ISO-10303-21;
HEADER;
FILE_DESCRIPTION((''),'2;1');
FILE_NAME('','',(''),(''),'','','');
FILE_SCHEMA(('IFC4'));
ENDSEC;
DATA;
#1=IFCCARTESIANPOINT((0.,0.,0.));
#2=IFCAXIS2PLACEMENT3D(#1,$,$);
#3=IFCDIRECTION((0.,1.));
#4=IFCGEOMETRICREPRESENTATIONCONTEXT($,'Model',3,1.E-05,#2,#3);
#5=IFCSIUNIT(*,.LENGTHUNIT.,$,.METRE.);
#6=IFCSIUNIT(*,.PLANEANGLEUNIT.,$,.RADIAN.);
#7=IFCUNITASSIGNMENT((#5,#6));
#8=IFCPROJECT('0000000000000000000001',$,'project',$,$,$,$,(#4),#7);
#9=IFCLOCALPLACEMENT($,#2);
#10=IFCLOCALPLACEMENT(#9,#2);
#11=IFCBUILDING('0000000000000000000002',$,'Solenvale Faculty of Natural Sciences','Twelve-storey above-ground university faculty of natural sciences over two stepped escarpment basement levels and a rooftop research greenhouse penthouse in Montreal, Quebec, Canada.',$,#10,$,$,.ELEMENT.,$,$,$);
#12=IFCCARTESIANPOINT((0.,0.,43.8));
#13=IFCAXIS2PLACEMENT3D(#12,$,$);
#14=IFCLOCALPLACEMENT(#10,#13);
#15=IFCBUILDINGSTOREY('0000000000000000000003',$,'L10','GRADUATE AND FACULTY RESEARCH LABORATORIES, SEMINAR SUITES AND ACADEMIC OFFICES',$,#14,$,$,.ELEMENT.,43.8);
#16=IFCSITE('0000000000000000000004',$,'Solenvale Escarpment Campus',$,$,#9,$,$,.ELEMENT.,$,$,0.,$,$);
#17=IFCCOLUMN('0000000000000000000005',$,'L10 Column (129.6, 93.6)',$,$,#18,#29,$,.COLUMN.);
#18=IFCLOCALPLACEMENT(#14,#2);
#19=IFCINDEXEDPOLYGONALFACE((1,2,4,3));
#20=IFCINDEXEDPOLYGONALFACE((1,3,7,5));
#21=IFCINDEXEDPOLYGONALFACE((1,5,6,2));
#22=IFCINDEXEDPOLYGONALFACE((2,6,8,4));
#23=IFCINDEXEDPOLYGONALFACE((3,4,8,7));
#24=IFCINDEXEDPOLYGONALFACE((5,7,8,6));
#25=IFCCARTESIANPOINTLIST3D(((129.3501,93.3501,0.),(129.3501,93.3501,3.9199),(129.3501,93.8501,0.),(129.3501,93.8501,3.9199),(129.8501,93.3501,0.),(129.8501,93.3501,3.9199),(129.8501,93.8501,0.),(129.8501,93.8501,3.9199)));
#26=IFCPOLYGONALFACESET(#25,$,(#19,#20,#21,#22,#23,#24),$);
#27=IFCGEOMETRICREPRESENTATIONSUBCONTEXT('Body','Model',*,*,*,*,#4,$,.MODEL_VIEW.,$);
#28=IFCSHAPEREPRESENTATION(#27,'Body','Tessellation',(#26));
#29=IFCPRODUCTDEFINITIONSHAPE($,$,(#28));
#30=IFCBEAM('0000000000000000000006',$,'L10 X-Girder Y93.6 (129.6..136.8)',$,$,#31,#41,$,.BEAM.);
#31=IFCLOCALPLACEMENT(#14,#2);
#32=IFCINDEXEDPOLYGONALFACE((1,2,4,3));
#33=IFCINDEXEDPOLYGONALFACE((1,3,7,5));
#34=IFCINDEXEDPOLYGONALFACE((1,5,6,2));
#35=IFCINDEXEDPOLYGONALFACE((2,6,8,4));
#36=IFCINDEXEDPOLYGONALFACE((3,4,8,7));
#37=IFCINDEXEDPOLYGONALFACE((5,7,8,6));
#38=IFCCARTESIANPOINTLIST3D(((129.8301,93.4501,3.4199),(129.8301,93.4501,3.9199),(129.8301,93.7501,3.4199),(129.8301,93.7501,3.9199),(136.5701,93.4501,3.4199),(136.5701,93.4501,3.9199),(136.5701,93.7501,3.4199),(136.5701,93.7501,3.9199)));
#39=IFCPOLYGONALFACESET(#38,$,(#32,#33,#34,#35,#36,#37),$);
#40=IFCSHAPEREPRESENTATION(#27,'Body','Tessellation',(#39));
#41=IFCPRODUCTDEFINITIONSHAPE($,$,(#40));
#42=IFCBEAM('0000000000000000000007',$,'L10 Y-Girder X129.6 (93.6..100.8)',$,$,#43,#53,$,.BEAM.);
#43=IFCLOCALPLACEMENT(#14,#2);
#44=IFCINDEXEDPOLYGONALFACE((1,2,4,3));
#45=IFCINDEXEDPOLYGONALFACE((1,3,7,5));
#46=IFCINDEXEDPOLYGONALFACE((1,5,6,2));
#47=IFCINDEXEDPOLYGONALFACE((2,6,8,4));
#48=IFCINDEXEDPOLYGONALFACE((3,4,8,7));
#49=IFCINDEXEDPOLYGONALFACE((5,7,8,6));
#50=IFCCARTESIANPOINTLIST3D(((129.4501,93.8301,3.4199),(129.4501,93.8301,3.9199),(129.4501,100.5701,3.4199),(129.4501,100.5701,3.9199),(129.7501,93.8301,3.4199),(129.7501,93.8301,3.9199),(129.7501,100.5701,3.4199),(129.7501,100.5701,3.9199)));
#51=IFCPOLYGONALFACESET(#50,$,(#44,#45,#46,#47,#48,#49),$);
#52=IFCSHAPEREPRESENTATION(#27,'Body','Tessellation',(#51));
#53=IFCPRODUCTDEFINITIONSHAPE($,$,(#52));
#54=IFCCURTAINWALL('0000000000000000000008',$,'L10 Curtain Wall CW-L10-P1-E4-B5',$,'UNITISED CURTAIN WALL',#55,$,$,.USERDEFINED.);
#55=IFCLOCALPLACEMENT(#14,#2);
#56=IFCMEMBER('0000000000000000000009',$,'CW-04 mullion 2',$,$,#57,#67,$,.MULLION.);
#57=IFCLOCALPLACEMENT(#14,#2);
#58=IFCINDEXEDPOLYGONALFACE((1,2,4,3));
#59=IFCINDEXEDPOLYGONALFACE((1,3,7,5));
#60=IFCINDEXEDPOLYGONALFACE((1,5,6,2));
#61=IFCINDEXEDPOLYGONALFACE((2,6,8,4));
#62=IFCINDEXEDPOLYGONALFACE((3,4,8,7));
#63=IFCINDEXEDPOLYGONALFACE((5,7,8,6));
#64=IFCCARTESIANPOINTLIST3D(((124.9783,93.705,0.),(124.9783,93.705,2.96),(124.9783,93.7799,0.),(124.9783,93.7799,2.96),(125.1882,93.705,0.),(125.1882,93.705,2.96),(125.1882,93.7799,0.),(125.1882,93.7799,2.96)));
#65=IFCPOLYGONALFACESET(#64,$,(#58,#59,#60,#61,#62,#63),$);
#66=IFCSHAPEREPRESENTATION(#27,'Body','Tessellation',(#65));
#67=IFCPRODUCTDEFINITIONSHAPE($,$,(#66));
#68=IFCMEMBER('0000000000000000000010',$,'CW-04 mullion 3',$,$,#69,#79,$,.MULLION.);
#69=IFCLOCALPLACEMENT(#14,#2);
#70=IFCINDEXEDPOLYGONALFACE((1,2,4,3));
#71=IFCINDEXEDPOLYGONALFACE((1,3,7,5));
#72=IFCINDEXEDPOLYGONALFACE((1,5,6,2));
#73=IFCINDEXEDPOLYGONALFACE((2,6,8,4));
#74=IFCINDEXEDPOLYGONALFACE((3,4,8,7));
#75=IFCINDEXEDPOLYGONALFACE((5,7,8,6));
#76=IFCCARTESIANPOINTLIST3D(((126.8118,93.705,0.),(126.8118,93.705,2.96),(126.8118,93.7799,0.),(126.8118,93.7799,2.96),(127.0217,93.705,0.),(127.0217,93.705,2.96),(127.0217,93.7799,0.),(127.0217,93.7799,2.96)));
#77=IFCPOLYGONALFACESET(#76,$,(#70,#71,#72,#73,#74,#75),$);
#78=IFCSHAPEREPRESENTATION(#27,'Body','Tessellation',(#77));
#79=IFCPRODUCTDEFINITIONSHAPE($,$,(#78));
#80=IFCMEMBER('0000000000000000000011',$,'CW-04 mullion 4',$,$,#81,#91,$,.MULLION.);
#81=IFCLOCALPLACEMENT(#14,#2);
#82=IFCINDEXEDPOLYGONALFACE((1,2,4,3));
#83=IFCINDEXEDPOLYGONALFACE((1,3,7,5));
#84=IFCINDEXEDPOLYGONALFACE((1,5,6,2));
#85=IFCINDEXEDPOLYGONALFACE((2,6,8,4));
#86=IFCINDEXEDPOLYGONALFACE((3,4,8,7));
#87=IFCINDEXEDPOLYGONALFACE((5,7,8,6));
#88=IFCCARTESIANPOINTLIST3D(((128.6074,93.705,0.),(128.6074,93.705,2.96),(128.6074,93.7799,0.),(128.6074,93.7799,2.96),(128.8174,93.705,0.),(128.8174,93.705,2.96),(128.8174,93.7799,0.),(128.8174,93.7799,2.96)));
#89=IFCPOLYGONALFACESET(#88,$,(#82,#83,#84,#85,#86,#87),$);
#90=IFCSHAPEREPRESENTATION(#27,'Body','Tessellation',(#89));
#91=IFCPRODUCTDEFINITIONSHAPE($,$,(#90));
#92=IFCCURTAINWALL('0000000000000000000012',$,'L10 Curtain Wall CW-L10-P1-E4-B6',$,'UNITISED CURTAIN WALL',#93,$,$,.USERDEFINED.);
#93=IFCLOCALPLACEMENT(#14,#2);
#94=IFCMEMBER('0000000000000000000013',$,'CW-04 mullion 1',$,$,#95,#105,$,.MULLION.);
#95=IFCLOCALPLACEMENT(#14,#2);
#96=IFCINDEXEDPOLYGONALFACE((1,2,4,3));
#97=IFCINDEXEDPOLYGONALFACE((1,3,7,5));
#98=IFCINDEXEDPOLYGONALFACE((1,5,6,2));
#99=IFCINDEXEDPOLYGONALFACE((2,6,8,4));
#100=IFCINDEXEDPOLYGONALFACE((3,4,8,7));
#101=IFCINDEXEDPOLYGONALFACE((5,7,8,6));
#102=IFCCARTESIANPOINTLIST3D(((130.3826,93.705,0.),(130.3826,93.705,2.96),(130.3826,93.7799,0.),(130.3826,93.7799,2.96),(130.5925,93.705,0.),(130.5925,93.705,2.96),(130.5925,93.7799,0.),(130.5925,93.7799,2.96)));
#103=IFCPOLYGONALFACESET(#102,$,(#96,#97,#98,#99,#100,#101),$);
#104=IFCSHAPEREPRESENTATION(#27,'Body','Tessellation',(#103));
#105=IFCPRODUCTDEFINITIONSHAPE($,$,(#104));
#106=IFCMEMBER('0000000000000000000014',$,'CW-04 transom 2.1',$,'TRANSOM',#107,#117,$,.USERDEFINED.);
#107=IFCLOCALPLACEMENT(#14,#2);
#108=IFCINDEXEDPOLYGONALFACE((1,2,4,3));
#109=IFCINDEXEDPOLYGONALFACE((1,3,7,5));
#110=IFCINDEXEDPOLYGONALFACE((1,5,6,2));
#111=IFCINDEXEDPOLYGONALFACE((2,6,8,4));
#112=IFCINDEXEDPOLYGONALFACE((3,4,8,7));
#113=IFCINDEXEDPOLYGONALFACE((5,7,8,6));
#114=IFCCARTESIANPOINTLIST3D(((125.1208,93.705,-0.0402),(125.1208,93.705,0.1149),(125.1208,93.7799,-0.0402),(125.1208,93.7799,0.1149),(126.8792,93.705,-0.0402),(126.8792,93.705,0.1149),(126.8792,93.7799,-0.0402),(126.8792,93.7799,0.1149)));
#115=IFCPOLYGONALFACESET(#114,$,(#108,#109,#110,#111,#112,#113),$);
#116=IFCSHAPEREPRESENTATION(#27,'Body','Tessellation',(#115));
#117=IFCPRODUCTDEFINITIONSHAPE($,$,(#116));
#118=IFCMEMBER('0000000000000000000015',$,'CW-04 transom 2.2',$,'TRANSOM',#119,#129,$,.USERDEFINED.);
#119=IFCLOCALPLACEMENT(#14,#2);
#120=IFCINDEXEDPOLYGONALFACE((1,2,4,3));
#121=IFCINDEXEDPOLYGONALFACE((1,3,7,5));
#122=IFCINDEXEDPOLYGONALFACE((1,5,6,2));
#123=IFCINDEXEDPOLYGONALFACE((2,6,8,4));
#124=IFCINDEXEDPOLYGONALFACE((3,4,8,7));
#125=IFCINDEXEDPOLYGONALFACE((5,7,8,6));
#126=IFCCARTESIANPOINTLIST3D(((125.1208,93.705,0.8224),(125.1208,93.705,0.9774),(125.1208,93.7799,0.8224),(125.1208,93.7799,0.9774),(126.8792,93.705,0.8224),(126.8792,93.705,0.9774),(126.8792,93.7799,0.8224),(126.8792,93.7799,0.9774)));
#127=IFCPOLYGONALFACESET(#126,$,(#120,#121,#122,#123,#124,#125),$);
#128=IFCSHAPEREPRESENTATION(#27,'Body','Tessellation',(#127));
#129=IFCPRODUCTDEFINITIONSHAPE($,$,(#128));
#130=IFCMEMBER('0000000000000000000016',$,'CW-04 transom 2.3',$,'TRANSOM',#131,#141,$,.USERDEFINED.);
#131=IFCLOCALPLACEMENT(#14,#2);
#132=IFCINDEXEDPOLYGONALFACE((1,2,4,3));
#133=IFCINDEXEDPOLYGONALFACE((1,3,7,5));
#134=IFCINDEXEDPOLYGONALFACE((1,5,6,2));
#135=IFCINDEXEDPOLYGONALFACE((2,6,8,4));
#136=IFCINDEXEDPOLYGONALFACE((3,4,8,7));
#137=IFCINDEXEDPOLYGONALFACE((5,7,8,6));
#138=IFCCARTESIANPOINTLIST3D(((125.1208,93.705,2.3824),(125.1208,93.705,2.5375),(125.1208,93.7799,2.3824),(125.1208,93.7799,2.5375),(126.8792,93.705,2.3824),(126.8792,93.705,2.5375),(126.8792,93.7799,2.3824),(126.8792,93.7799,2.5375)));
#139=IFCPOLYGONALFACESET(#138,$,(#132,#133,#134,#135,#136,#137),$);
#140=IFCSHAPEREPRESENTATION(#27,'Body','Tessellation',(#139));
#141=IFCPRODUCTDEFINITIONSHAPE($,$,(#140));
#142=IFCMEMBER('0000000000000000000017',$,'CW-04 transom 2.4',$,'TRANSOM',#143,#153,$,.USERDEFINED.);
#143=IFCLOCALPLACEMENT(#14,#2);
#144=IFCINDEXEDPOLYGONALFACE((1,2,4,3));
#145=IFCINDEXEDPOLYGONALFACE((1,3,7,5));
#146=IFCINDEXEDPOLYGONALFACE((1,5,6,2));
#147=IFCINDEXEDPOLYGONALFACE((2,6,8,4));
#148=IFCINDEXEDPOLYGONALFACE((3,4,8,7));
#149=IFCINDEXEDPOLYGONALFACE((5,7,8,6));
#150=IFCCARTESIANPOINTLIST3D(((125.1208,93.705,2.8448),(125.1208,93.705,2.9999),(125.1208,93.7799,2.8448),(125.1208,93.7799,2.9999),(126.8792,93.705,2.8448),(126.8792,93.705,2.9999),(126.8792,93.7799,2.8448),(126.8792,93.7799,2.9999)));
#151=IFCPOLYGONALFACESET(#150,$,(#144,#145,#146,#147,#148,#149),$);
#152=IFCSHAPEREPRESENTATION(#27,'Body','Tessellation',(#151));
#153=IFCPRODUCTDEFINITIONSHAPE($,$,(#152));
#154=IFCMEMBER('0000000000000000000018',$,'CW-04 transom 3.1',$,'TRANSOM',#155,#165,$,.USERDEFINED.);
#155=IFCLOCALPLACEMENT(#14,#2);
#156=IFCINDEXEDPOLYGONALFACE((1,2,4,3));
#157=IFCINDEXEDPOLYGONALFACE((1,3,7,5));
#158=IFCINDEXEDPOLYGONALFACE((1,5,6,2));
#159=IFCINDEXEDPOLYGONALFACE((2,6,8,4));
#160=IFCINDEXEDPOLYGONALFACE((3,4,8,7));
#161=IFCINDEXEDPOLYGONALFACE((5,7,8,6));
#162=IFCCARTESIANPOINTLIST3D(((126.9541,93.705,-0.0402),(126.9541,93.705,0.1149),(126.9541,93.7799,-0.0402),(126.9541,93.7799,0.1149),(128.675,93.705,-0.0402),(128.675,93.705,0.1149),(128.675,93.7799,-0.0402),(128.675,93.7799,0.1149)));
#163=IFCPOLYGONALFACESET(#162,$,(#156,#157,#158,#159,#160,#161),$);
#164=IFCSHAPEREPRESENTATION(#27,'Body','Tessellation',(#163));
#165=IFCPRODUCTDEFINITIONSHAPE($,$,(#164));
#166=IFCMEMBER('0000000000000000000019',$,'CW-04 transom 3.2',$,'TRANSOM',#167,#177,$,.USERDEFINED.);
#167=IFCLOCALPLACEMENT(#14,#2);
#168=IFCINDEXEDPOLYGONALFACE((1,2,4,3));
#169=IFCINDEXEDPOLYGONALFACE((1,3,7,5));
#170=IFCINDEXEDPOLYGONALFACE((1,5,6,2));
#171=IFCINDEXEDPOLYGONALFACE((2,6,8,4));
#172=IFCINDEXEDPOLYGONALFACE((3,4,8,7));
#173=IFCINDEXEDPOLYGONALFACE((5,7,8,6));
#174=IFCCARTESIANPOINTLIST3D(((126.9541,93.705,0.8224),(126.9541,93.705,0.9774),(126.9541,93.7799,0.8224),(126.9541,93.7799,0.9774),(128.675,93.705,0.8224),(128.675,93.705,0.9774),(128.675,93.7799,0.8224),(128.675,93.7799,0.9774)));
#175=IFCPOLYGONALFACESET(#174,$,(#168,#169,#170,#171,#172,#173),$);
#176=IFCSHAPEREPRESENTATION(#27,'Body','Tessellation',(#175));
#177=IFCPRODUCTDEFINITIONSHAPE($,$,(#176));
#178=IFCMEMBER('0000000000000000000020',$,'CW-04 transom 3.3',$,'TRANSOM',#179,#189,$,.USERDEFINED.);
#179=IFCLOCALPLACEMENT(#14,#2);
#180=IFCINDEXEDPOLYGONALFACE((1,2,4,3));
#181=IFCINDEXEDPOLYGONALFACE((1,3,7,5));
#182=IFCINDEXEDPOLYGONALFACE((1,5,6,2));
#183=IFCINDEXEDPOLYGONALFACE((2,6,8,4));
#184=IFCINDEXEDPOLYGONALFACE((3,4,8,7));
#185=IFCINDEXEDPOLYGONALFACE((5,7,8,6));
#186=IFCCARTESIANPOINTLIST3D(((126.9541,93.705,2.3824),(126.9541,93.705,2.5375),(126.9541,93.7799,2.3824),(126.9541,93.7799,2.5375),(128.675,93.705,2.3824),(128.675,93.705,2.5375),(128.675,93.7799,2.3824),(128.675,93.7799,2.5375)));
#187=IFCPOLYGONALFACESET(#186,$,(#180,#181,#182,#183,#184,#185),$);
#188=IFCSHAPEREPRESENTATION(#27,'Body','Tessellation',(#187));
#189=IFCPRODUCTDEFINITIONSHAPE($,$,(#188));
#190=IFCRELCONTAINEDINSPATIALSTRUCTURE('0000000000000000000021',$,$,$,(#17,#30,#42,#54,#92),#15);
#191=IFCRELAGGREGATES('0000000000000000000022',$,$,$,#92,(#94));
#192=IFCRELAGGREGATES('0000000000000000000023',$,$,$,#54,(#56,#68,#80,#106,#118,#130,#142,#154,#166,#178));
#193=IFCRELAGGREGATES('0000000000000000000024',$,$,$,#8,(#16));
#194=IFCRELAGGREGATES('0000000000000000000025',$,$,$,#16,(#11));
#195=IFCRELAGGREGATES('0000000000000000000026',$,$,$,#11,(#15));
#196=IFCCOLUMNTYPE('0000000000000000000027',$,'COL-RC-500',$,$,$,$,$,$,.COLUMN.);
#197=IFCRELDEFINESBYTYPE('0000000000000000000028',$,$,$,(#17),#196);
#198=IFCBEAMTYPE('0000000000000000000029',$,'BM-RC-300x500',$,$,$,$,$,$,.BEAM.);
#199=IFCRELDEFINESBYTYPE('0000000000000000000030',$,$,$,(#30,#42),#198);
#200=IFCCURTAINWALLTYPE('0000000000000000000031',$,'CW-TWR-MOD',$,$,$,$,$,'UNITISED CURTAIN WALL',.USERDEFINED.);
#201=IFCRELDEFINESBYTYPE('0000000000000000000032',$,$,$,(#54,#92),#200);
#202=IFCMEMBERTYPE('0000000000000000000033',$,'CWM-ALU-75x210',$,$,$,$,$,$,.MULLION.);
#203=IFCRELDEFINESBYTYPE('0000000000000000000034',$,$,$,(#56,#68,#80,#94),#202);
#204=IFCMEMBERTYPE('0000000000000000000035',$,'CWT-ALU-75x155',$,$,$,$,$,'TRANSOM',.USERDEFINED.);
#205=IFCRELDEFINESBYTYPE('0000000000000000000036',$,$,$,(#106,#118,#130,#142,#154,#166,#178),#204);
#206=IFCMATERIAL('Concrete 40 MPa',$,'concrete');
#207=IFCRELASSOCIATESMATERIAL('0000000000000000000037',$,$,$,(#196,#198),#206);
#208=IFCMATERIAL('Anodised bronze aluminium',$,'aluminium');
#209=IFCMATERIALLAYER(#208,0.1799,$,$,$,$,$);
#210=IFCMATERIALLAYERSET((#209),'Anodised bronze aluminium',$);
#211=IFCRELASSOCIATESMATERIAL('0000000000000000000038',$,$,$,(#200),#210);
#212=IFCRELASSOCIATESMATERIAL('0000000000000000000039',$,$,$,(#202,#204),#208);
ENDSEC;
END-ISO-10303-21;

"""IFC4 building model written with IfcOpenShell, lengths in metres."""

from ifc_helpers import new_model, si_unit, direction, frame, origin, origin_2d, place, context, subcontext, project, spatial, rectangle, extrude, material, layer, layer_set, material_profile, profile_set, type_object, element, aggregate, save


model = new_model("IFC4")

# Units and contexts
model_context = context("Model", 3, precision=1e-05, world=origin(), true_north=direction((0.0, 1.0)))
body_context = subcontext(model_context, "Body", "Model", "MODEL_VIEW")
ifc_project = project(units=[si_unit("LENGTHUNIT", "METRE"), si_unit("PLANEANGLEUNIT", "RADIAN")], contexts=[model_context])

# Site, building, storey
site_placement = place(None, origin())
site = spatial("IfcSite", under=ifc_project, at=site_placement, Name="Solenvale Escarpment Campus", CompositionType="ELEMENT", RefElevation=0.0)
building_placement = place(site_placement, origin())
building = spatial("IfcBuilding", under=site, at=building_placement, Name="Solenvale Faculty of Natural Sciences", Description="Twelve-storey above-ground university faculty of natural sciences over two stepped escarpment basement levels and a rooftop research greenhouse penthouse in Montreal, Quebec, Canada.", CompositionType="ELEMENT")
storey_placement = place(building_placement, frame((0.0, 0.0, 43.8)))
storey = spatial("IfcBuildingStorey", under=building, at=storey_placement, Name="L10", Description="GRADUATE AND FACULTY RESEARCH LABORATORIES, SEMINAR SUITES AND ACADEMIC OFFICES", CompositionType="ELEMENT", Elevation=43.8)

# Column
ifc_material_1 = material(Name="Concrete 40 MPa", Category="concrete")
ifc_material_profile_1 = material_profile(ifc_material_1, rectangle(XDim=0.5, YDim=0.5, at=origin_2d()), Name="RC-COL-500x500")
ifc_profile_set_1 = profile_set([ifc_material_profile_1], Name="Concrete 40 MPa")
column_type = type_object("IfcColumnType", Name="COL-RC-500", PredefinedType="COLUMN", material=ifc_profile_set_1)
column_placement = place(storey_placement, frame((129.6001, 93.6001, 0.0), z_axis=(0.0, 0.0, 1.0), x_axis=(1.0, 0.0, 0.0)))
element("IfcColumn", 1, at=column_placement, inside=storey, type_object=column_type, Name="L10 Column (129.6, 93.6)", PredefinedType="COLUMN", context=body_context, shape_type="SweptSolid", body=[
    extrude(rectangle(XDim=0.5, YDim=0.5, at=origin_2d()), origin(), (0.0, 0.0, 1.0), 3.9199),
])

# Beams
ifc_material_profile_2 = material_profile(ifc_material_1, rectangle(XDim=0.3, YDim=0.5, at=origin_2d()), Name="RC-BM-300x500")
ifc_profile_set_2 = profile_set([ifc_material_profile_2], Name="Concrete 40 MPa")
beam_type = type_object("IfcBeamType", Name="BM-RC-300x500", PredefinedType="BEAM", material=ifc_profile_set_2)
for number, where, z_axis, x_axis, name in (
    (2, (129.8301, 93.6001, 3.6699), (1.0, 0.0, 0.0), (0.0, 1.0, 0.0), "L10 X-Girder Y93.6 (129.6..136.8)"),
    (3, (129.6001, 93.8301, 3.6699), (0.0, 1.0, 0.0), (-1.0, 0.0, 0.0), "L10 Y-Girder X129.6 (93.6..100.8)"),
):
    element("IfcBeam", number, at=place(storey_placement, frame(where, z_axis=z_axis, x_axis=x_axis)), inside=storey, type_object=beam_type, Name=name, PredefinedType="BEAM", context=body_context, shape_type="SweptSolid", body=[
        extrude(rectangle(XDim=0.3, YDim=0.5, at=origin_2d()), origin(), (0.0, 0.0, 1.0), 6.74),
    ])

# Curtain wall, members
ifc_material_2 = material(Name="Anodised bronze aluminium", Category="aluminium")
ifc_layer_1 = layer(ifc_material_2, 0.1799)
ifc_layer_set_1 = layer_set([ifc_layer_1], Name="Anodised bronze aluminium")
curtain_wall_type = type_object("IfcCurtainWallType", Name="CW-TWR-MOD", ElementType="UNITISED CURTAIN WALL", PredefinedType="USERDEFINED", material=ifc_layer_set_1)
curtain_wall_1_placement = place(storey_placement, origin())
curtain_wall_1 = element("IfcCurtainWall", 4, at=curtain_wall_1_placement, inside=storey, type_object=curtain_wall_type, Name="L10 Curtain Wall CW-L10-P1-E4-B5", ObjectType="UNITISED CURTAIN WALL", PredefinedType="USERDEFINED")
ifc_material_profile_3 = material_profile(ifc_material_2, rectangle(XDim=0.075, YDim=0.21, at=origin_2d()), Name="ALU-MUL-75x210")
ifc_profile_set_3 = profile_set([ifc_material_profile_3], Name="Anodised bronze aluminium")
member_type_1 = type_object("IfcMemberType", Name="CWM-ALU-75x210", PredefinedType="MULLION", material=ifc_profile_set_3)
member_1_placement = place(storey_placement, frame((125.0833, 93.7424, 0.0), z_axis=(0.0, 0.0, 1.0), x_axis=(0.0, 1.0, 0.0)))
member_1 = element("IfcMember", 5, at=member_1_placement, type_object=member_type_1, Name="CW-04 mullion 2", PredefinedType="MULLION", context=body_context, shape_type="SweptSolid", body=[
    extrude(rectangle(XDim=0.075, YDim=0.21, at=origin_2d()), origin(), (0.0, 0.0, 1.0), 2.96),
])
member_2_placement = place(storey_placement, frame((126.9167, 93.7424, 0.0), z_axis=(0.0, 0.0, 1.0), x_axis=(0.0, 1.0, 0.0)))
member_2 = element("IfcMember", 6, at=member_2_placement, type_object=member_type_1, Name="CW-04 mullion 3", PredefinedType="MULLION", context=body_context, shape_type="SweptSolid", body=[
    extrude(rectangle(XDim=0.075, YDim=0.21, at=origin_2d()), origin(), (0.0, 0.0, 1.0), 2.96),
])
member_3_placement = place(storey_placement, frame((128.7124, 93.7424, 0.0), z_axis=(0.0, 0.0, 1.0), x_axis=(0.0, 1.0, 0.0)))
member_3 = element("IfcMember", 7, at=member_3_placement, type_object=member_type_1, Name="CW-04 mullion 4", PredefinedType="MULLION", context=body_context, shape_type="SweptSolid", body=[
    extrude(rectangle(XDim=0.075, YDim=0.21, at=origin_2d()), origin(), (0.0, 0.0, 1.0), 2.96),
])

# Curtain wall, member
curtain_wall_2_placement = place(storey_placement, origin())
curtain_wall_2 = element("IfcCurtainWall", 8, at=curtain_wall_2_placement, inside=storey, type_object=curtain_wall_type, Name="L10 Curtain Wall CW-L10-P1-E4-B6", ObjectType="UNITISED CURTAIN WALL", PredefinedType="USERDEFINED")
member_4_placement = place(storey_placement, frame((130.4875, 93.7424, 0.0), z_axis=(0.0, 0.0, 1.0), x_axis=(0.0, 1.0, 0.0)))
member_4 = element("IfcMember", 9, at=member_4_placement, type_object=member_type_1, Name="CW-04 mullion 1", PredefinedType="MULLION", context=body_context, shape_type="SweptSolid", body=[
    extrude(rectangle(XDim=0.075, YDim=0.21, at=origin_2d()), origin(), (0.0, 0.0, 1.0), 2.96),
])
aggregate(curtain_wall_2, [member_4])

# Members
ifc_material_profile_4 = material_profile(ifc_material_2, rectangle(XDim=0.075, YDim=0.155, at=origin_2d()), Name="ALU-TRN-75x155")
ifc_profile_set_4 = profile_set([ifc_material_profile_4], Name="Anodised bronze aluminium")
member_type_2 = type_object("IfcMemberType", Name="CWT-ALU-75x155", ElementType="TRANSOM", PredefinedType="USERDEFINED", material=ifc_profile_set_4)
member_5_placement = place(storey_placement, frame((125.1208, 93.7424, 0.0374), z_axis=(1.0, 0.0, 0.0), x_axis=(0.0, 1.0, 0.0)))
member_5 = element("IfcMember", 10, at=member_5_placement, type_object=member_type_2, Name="CW-04 transom 2.1", ObjectType="TRANSOM", PredefinedType="USERDEFINED", context=body_context, shape_type="SweptSolid", body=[
    extrude(rectangle(XDim=0.075, YDim=0.155, at=origin_2d()), origin(), (0.0, 0.0, 1.0), 1.7583),
])
member_6_placement = place(storey_placement, frame((125.1208, 93.7424, 0.8999), z_axis=(1.0, 0.0, 0.0), x_axis=(0.0, 1.0, 0.0)))
member_6 = element("IfcMember", 11, at=member_6_placement, type_object=member_type_2, Name="CW-04 transom 2.2", ObjectType="TRANSOM", PredefinedType="USERDEFINED", context=body_context, shape_type="SweptSolid", body=[
    extrude(rectangle(XDim=0.075, YDim=0.155, at=origin_2d()), origin(), (0.0, 0.0, 1.0), 1.7583),
])
member_7_placement = place(storey_placement, frame((125.1208, 93.7424, 2.46), z_axis=(1.0, 0.0, 0.0), x_axis=(0.0, 1.0, 0.0)))
member_7 = element("IfcMember", 12, at=member_7_placement, type_object=member_type_2, Name="CW-04 transom 2.3", ObjectType="TRANSOM", PredefinedType="USERDEFINED", context=body_context, shape_type="SweptSolid", body=[
    extrude(rectangle(XDim=0.075, YDim=0.155, at=origin_2d()), origin(), (0.0, 0.0, 1.0), 1.7583),
])
member_8_placement = place(storey_placement, frame((125.1208, 93.7424, 2.9224), z_axis=(1.0, 0.0, 0.0), x_axis=(0.0, 1.0, 0.0)))
member_8 = element("IfcMember", 13, at=member_8_placement, type_object=member_type_2, Name="CW-04 transom 2.4", ObjectType="TRANSOM", PredefinedType="USERDEFINED", context=body_context, shape_type="SweptSolid", body=[
    extrude(rectangle(XDim=0.075, YDim=0.155, at=origin_2d()), origin(), (0.0, 0.0, 1.0), 1.7583),
])
member_9_placement = place(storey_placement, frame((126.9541, 93.7424, 0.0374), z_axis=(1.0, 0.0, 0.0), x_axis=(0.0, 1.0, 0.0)))
member_9 = element("IfcMember", 14, at=member_9_placement, type_object=member_type_2, Name="CW-04 transom 3.1", ObjectType="TRANSOM", PredefinedType="USERDEFINED", context=body_context, shape_type="SweptSolid", body=[
    extrude(rectangle(XDim=0.075, YDim=0.155, at=origin_2d()), origin(), (0.0, 0.0, 1.0), 1.7209),
])
member_10_placement = place(storey_placement, frame((126.9541, 93.7424, 0.8999), z_axis=(1.0, 0.0, 0.0), x_axis=(0.0, 1.0, 0.0)))
member_10 = element("IfcMember", 15, at=member_10_placement, type_object=member_type_2, Name="CW-04 transom 3.2", ObjectType="TRANSOM", PredefinedType="USERDEFINED", context=body_context, shape_type="SweptSolid", body=[
    extrude(rectangle(XDim=0.075, YDim=0.155, at=origin_2d()), origin(), (0.0, 0.0, 1.0), 1.7209),
])
member_11_placement = place(storey_placement, frame((126.9541, 93.7424, 2.46), z_axis=(1.0, 0.0, 0.0), x_axis=(0.0, 1.0, 0.0)))
member_11 = element("IfcMember", 16, at=member_11_placement, type_object=member_type_2, Name="CW-04 transom 3.3", ObjectType="TRANSOM", PredefinedType="USERDEFINED", context=body_context, shape_type="SweptSolid", body=[
    extrude(rectangle(XDim=0.075, YDim=0.155, at=origin_2d()), origin(), (0.0, 0.0, 1.0), 1.7209),
])

aggregate(curtain_wall_1, [member_1, member_2, member_3, member_5, member_6, member_7, member_8, member_9, member_10, member_11])

save(model, "model.ifc")
